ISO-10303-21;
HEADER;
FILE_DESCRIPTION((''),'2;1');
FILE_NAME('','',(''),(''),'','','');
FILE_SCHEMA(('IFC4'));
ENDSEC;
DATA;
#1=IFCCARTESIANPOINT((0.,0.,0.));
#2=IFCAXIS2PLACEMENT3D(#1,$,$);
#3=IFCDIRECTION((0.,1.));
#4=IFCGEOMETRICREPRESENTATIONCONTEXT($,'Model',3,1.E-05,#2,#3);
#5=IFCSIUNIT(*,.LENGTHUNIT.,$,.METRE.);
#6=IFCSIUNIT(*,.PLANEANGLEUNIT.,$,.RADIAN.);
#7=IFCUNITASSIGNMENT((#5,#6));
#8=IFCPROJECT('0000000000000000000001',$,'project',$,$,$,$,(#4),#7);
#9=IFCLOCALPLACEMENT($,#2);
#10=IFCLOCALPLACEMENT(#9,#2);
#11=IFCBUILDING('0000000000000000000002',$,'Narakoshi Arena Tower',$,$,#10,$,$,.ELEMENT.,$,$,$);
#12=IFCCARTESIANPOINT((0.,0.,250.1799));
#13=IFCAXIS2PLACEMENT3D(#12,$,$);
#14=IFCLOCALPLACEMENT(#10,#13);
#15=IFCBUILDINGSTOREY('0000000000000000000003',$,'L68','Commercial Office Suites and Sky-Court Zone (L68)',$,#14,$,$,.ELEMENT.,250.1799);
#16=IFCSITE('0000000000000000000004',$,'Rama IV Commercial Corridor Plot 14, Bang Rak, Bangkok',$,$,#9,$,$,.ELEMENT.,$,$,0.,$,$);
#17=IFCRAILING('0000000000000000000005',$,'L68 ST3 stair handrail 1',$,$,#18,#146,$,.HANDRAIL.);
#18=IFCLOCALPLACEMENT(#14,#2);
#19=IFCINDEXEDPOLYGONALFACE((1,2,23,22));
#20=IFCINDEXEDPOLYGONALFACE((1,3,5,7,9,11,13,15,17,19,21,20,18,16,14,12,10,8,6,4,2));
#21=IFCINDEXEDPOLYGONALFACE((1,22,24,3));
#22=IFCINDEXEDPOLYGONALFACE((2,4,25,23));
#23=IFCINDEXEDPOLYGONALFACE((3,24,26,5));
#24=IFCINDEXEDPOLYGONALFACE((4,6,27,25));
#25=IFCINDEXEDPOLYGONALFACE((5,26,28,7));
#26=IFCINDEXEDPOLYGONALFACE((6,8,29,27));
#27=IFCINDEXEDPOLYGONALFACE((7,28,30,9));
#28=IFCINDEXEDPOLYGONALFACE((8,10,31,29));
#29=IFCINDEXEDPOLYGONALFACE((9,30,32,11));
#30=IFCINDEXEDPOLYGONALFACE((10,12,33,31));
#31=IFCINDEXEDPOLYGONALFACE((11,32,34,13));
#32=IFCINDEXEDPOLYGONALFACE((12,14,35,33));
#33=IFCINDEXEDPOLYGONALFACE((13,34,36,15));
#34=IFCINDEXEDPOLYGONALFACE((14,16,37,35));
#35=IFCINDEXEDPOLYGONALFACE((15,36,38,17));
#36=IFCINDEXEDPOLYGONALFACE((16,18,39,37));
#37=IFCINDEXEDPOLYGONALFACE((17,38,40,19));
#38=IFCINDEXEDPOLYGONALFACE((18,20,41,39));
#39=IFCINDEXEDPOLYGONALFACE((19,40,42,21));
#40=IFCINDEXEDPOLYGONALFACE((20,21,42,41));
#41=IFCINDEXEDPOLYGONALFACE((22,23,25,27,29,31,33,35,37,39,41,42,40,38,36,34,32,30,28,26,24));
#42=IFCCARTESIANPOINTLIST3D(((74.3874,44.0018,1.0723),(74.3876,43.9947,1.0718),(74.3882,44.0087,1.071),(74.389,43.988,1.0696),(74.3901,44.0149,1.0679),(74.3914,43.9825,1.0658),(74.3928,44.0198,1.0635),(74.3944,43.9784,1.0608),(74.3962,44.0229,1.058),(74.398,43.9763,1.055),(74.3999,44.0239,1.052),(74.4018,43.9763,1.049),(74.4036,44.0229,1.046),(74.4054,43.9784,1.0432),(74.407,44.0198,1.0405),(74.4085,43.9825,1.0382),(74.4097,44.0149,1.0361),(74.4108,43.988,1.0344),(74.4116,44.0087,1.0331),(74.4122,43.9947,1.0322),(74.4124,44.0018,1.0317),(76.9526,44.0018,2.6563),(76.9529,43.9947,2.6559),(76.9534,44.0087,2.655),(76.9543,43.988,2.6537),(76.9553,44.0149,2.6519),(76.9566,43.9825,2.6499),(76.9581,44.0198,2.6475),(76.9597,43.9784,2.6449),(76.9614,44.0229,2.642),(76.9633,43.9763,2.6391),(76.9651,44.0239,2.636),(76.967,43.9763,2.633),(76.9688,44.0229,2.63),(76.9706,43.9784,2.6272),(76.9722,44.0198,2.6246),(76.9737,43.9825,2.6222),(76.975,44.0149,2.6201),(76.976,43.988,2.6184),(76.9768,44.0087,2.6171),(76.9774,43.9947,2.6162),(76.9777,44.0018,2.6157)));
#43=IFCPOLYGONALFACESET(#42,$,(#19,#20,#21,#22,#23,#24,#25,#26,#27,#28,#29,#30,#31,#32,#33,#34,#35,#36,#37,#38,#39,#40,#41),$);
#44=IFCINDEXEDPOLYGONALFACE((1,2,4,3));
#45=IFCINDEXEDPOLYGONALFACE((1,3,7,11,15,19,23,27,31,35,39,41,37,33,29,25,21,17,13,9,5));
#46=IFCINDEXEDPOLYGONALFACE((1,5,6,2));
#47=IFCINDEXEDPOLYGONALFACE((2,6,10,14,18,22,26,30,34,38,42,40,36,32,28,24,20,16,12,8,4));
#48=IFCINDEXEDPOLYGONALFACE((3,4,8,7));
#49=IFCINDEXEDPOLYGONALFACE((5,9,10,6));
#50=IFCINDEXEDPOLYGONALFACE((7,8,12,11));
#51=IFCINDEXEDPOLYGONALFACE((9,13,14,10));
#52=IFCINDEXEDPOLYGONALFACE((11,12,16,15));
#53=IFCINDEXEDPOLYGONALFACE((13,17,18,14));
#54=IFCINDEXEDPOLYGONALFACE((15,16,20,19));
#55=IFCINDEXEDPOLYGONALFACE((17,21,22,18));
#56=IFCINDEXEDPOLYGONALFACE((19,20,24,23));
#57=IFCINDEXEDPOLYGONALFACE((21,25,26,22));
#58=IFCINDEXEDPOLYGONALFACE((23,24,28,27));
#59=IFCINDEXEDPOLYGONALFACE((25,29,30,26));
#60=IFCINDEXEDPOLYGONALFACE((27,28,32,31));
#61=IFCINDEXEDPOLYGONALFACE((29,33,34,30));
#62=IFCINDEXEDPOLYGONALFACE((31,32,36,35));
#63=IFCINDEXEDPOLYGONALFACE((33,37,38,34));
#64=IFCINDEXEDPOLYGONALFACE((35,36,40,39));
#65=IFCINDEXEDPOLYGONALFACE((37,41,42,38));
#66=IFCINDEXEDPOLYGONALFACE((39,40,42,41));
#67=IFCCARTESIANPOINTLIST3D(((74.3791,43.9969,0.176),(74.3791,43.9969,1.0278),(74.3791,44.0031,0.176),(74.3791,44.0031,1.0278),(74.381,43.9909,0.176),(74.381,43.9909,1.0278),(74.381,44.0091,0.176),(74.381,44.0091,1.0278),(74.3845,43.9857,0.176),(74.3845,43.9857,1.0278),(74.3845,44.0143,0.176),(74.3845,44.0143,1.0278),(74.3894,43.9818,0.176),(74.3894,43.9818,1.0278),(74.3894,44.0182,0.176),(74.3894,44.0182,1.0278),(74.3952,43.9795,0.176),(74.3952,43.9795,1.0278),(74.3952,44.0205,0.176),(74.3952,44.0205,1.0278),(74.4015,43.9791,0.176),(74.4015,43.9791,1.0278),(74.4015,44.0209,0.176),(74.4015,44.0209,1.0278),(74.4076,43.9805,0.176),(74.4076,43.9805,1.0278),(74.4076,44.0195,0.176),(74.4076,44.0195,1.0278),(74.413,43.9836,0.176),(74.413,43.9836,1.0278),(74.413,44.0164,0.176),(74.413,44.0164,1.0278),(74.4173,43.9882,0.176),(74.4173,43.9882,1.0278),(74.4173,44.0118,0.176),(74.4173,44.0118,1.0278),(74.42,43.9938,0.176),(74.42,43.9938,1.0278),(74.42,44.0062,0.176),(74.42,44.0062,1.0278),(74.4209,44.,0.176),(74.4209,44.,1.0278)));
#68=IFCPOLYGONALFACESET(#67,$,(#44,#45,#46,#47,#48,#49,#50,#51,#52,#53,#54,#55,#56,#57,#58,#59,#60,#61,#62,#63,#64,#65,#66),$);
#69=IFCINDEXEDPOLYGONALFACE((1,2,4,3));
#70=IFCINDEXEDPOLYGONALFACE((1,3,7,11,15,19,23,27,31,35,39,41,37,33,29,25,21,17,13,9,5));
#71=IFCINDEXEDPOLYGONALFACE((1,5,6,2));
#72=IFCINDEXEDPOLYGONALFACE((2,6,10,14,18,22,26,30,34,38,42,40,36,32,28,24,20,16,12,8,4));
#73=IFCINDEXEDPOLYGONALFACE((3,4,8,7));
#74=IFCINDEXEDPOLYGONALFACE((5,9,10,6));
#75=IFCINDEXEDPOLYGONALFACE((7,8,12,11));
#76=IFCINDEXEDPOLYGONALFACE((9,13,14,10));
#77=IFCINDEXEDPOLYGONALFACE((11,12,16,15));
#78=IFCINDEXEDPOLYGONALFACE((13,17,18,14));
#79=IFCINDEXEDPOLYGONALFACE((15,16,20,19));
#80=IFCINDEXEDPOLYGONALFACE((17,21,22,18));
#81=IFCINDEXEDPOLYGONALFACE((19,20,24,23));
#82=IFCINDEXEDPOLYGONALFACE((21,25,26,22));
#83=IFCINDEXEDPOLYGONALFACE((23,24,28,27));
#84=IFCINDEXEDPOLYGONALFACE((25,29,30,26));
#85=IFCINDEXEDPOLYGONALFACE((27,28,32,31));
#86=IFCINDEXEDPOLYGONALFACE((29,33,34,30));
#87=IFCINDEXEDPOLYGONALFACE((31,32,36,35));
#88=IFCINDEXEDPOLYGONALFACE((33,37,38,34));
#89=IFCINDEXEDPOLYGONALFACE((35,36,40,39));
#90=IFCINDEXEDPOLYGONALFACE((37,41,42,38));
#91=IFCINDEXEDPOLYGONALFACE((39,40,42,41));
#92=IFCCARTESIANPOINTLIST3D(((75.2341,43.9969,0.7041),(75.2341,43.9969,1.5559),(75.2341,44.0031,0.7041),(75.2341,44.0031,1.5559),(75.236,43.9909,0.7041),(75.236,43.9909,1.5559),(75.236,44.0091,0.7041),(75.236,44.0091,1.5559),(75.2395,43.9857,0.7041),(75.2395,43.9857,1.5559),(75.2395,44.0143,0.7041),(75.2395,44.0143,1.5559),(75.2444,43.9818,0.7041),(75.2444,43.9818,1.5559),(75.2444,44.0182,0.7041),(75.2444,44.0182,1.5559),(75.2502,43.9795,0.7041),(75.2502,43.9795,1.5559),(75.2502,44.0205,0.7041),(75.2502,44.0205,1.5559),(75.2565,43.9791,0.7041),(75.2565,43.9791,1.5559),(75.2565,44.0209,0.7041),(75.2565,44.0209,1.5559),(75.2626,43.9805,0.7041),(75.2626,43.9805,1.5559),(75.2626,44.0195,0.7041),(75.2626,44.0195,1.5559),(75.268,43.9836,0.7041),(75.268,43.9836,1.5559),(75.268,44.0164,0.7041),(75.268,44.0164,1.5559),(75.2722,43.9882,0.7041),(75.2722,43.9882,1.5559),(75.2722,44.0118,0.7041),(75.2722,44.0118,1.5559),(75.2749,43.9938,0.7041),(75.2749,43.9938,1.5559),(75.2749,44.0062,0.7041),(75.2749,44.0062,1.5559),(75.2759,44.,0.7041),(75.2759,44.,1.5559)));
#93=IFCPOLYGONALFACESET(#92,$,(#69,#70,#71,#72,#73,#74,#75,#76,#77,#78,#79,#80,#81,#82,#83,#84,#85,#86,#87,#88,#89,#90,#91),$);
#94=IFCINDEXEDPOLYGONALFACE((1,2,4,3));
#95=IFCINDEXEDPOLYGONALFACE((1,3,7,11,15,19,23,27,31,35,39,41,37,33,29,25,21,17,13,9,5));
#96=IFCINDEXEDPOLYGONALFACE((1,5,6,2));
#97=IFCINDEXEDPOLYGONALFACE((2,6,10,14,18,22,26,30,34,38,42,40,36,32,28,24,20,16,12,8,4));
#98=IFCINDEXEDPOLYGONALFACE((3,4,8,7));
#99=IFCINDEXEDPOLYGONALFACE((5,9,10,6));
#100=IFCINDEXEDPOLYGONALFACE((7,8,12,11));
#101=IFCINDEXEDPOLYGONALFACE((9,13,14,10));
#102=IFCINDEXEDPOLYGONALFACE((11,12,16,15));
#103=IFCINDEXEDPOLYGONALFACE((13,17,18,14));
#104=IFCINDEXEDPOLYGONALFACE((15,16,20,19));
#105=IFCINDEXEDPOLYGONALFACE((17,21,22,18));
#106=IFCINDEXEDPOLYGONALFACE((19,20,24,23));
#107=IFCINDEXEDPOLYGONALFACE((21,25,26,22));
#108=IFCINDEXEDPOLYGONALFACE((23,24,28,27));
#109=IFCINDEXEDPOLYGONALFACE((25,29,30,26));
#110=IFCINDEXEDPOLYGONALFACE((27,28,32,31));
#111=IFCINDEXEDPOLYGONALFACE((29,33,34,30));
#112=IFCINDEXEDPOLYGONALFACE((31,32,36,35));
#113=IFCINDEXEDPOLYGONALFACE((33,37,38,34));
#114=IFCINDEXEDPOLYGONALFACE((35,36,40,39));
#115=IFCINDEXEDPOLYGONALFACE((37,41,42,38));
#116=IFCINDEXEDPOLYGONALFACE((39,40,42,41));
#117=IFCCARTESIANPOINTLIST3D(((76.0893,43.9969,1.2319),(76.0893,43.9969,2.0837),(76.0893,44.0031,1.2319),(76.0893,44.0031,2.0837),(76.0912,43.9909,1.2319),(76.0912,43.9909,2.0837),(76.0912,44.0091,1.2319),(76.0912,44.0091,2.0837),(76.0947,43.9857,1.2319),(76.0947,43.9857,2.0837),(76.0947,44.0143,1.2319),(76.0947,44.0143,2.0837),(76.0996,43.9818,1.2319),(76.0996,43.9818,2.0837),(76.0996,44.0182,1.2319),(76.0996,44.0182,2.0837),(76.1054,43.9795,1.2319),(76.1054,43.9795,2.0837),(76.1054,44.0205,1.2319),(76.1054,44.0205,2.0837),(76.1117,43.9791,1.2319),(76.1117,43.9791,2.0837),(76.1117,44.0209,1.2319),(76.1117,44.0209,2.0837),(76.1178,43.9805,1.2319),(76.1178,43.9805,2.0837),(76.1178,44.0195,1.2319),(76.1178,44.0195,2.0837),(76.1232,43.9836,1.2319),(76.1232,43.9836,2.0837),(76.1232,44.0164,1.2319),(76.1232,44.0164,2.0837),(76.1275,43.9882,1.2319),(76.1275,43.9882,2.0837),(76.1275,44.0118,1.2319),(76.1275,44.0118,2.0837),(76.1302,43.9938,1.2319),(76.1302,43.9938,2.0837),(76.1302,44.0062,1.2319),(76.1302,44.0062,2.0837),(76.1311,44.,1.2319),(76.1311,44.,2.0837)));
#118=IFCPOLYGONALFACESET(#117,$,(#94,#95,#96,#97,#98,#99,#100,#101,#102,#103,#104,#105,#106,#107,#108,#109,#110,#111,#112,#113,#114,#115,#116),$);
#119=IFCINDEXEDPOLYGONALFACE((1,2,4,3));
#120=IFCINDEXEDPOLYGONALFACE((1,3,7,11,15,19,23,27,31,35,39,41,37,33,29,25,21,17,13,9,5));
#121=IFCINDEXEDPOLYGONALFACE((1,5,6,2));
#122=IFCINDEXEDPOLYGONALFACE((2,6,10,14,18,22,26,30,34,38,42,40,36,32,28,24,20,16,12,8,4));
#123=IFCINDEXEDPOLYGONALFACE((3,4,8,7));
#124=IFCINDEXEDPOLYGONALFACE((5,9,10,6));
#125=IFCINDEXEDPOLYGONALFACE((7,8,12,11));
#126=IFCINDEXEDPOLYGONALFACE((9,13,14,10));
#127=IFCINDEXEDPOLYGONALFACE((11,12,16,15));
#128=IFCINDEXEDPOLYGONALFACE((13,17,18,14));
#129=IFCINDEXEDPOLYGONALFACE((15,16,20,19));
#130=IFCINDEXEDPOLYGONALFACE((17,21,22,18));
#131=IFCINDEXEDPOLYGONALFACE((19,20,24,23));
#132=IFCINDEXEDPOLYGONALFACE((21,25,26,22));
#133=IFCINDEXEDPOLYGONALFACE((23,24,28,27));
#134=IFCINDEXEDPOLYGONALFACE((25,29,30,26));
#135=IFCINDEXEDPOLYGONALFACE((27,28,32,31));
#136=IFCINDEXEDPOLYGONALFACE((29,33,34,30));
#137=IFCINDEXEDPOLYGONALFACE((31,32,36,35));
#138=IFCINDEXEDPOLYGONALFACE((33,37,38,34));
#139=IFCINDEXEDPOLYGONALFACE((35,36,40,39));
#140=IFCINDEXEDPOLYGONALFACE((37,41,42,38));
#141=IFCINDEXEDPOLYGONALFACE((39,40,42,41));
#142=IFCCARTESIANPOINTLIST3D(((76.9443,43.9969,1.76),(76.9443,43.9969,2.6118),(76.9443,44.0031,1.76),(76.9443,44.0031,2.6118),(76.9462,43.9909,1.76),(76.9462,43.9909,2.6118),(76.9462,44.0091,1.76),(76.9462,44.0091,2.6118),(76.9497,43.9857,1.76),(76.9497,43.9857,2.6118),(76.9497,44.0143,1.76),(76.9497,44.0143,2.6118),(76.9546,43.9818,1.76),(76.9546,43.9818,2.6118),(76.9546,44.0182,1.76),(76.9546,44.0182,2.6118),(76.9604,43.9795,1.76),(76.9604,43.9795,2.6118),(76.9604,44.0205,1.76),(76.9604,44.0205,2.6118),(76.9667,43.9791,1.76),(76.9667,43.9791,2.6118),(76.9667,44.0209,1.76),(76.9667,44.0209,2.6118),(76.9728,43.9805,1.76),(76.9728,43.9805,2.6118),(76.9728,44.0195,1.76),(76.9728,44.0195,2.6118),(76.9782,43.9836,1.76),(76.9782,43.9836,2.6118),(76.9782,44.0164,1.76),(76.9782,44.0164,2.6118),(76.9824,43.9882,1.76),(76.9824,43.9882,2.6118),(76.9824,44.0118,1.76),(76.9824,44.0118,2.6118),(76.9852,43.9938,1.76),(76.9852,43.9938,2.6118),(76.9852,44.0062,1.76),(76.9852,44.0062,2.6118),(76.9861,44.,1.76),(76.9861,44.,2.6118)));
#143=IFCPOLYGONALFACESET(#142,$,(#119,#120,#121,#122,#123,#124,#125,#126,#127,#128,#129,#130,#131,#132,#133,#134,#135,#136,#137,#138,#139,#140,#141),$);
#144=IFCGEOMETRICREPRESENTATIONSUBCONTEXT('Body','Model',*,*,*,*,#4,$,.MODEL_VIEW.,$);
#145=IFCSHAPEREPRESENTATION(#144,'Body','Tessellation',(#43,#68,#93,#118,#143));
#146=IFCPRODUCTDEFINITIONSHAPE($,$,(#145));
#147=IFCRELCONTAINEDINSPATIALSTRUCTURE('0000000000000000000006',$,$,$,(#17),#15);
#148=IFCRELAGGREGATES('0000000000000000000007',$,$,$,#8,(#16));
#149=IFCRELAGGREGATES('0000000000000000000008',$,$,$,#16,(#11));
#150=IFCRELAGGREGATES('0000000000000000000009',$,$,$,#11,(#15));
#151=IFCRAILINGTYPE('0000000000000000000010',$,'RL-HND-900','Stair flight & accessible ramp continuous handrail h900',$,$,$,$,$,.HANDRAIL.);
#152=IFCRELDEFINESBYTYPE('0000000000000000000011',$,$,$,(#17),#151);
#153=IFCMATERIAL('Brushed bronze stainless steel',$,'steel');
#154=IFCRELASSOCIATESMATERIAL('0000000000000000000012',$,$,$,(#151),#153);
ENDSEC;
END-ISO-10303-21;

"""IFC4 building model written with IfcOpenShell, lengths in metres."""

from ifc_helpers import new_model, si_unit, direction, frame, origin, origin_2d, place, context, subcontext, project, spatial, circle, extrude, material, type_object, element, save


model = new_model("IFC4")

# Units and contexts
model_context = context("Model", 3, precision=1e-05, world=origin(), true_north=direction((0.0, 1.0)))
body_context = subcontext(model_context, "Body", "Model", "MODEL_VIEW")
ifc_project = project(units=[si_unit("LENGTHUNIT", "METRE"), si_unit("PLANEANGLEUNIT", "RADIAN")], contexts=[model_context])

# Site, building, storey
site_placement = place(None, origin())
site = spatial("IfcSite", under=ifc_project, at=site_placement, Name="Rama IV Commercial Corridor Plot 14, Bang Rak, Bangkok", CompositionType="ELEMENT", RefElevation=0.0)
building_placement = place(site_placement, origin())
building = spatial("IfcBuilding", under=site, at=building_placement, Name="Narakoshi Arena Tower", CompositionType="ELEMENT")
storey_placement = place(building_placement, frame((0.0, 0.0, 250.1799)))
storey = spatial("IfcBuildingStorey", under=building, at=storey_placement, Name="L68", Description="Commercial Office Suites and Sky-Court Zone (L68)", CompositionType="ELEMENT", Elevation=250.1799)

# Railing
ifc_material_1 = material(Name="Brushed bronze stainless steel", Category="steel")
railing_type_1 = type_object("IfcRailingType", Name="RL-HND-900", Description="Stair flight & accessible ramp continuous handrail h900", PredefinedType="HANDRAIL", material=ifc_material_1)
railing_1_placement = place(storey_placement, frame((74.3999, 44.0, 0.176)))
element("IfcRailing", 1, at=railing_1_placement, inside=storey, type_object=railing_type_1, Name="L68 ST3 stair handrail 1", PredefinedType="HANDRAIL", context=body_context, shape_type="SweptSolid", body=[
    extrude(circle(Radius=0.0239, at=origin_2d()), frame((0.0, 0.0, 0.876), z_axis=(0.850857, 0.0, 0.525398), x_axis=(0.0, 1.0, 0.0)), (0.0, 0.0, 1.0), 3.0149),
    extrude(circle(Radius=0.021, at=origin_2d()), origin(), (0.0, 0.0, 1.0), 0.8518),
    extrude(circle(Radius=0.021, at=origin_2d()), frame((0.855, 0.0, 0.5281)), (0.0, 0.0, 1.0), 0.8518),
    extrude(circle(Radius=0.021, at=origin_2d()), frame((1.7102, 0.0, 1.0559)), (0.0, 0.0, 1.0), 0.8518),
    extrude(circle(Radius=0.021, at=origin_2d()), frame((2.5652, 0.0, 1.584)), (0.0, 0.0, 1.0), 0.8518),
])

save(model, "model.ifc")
